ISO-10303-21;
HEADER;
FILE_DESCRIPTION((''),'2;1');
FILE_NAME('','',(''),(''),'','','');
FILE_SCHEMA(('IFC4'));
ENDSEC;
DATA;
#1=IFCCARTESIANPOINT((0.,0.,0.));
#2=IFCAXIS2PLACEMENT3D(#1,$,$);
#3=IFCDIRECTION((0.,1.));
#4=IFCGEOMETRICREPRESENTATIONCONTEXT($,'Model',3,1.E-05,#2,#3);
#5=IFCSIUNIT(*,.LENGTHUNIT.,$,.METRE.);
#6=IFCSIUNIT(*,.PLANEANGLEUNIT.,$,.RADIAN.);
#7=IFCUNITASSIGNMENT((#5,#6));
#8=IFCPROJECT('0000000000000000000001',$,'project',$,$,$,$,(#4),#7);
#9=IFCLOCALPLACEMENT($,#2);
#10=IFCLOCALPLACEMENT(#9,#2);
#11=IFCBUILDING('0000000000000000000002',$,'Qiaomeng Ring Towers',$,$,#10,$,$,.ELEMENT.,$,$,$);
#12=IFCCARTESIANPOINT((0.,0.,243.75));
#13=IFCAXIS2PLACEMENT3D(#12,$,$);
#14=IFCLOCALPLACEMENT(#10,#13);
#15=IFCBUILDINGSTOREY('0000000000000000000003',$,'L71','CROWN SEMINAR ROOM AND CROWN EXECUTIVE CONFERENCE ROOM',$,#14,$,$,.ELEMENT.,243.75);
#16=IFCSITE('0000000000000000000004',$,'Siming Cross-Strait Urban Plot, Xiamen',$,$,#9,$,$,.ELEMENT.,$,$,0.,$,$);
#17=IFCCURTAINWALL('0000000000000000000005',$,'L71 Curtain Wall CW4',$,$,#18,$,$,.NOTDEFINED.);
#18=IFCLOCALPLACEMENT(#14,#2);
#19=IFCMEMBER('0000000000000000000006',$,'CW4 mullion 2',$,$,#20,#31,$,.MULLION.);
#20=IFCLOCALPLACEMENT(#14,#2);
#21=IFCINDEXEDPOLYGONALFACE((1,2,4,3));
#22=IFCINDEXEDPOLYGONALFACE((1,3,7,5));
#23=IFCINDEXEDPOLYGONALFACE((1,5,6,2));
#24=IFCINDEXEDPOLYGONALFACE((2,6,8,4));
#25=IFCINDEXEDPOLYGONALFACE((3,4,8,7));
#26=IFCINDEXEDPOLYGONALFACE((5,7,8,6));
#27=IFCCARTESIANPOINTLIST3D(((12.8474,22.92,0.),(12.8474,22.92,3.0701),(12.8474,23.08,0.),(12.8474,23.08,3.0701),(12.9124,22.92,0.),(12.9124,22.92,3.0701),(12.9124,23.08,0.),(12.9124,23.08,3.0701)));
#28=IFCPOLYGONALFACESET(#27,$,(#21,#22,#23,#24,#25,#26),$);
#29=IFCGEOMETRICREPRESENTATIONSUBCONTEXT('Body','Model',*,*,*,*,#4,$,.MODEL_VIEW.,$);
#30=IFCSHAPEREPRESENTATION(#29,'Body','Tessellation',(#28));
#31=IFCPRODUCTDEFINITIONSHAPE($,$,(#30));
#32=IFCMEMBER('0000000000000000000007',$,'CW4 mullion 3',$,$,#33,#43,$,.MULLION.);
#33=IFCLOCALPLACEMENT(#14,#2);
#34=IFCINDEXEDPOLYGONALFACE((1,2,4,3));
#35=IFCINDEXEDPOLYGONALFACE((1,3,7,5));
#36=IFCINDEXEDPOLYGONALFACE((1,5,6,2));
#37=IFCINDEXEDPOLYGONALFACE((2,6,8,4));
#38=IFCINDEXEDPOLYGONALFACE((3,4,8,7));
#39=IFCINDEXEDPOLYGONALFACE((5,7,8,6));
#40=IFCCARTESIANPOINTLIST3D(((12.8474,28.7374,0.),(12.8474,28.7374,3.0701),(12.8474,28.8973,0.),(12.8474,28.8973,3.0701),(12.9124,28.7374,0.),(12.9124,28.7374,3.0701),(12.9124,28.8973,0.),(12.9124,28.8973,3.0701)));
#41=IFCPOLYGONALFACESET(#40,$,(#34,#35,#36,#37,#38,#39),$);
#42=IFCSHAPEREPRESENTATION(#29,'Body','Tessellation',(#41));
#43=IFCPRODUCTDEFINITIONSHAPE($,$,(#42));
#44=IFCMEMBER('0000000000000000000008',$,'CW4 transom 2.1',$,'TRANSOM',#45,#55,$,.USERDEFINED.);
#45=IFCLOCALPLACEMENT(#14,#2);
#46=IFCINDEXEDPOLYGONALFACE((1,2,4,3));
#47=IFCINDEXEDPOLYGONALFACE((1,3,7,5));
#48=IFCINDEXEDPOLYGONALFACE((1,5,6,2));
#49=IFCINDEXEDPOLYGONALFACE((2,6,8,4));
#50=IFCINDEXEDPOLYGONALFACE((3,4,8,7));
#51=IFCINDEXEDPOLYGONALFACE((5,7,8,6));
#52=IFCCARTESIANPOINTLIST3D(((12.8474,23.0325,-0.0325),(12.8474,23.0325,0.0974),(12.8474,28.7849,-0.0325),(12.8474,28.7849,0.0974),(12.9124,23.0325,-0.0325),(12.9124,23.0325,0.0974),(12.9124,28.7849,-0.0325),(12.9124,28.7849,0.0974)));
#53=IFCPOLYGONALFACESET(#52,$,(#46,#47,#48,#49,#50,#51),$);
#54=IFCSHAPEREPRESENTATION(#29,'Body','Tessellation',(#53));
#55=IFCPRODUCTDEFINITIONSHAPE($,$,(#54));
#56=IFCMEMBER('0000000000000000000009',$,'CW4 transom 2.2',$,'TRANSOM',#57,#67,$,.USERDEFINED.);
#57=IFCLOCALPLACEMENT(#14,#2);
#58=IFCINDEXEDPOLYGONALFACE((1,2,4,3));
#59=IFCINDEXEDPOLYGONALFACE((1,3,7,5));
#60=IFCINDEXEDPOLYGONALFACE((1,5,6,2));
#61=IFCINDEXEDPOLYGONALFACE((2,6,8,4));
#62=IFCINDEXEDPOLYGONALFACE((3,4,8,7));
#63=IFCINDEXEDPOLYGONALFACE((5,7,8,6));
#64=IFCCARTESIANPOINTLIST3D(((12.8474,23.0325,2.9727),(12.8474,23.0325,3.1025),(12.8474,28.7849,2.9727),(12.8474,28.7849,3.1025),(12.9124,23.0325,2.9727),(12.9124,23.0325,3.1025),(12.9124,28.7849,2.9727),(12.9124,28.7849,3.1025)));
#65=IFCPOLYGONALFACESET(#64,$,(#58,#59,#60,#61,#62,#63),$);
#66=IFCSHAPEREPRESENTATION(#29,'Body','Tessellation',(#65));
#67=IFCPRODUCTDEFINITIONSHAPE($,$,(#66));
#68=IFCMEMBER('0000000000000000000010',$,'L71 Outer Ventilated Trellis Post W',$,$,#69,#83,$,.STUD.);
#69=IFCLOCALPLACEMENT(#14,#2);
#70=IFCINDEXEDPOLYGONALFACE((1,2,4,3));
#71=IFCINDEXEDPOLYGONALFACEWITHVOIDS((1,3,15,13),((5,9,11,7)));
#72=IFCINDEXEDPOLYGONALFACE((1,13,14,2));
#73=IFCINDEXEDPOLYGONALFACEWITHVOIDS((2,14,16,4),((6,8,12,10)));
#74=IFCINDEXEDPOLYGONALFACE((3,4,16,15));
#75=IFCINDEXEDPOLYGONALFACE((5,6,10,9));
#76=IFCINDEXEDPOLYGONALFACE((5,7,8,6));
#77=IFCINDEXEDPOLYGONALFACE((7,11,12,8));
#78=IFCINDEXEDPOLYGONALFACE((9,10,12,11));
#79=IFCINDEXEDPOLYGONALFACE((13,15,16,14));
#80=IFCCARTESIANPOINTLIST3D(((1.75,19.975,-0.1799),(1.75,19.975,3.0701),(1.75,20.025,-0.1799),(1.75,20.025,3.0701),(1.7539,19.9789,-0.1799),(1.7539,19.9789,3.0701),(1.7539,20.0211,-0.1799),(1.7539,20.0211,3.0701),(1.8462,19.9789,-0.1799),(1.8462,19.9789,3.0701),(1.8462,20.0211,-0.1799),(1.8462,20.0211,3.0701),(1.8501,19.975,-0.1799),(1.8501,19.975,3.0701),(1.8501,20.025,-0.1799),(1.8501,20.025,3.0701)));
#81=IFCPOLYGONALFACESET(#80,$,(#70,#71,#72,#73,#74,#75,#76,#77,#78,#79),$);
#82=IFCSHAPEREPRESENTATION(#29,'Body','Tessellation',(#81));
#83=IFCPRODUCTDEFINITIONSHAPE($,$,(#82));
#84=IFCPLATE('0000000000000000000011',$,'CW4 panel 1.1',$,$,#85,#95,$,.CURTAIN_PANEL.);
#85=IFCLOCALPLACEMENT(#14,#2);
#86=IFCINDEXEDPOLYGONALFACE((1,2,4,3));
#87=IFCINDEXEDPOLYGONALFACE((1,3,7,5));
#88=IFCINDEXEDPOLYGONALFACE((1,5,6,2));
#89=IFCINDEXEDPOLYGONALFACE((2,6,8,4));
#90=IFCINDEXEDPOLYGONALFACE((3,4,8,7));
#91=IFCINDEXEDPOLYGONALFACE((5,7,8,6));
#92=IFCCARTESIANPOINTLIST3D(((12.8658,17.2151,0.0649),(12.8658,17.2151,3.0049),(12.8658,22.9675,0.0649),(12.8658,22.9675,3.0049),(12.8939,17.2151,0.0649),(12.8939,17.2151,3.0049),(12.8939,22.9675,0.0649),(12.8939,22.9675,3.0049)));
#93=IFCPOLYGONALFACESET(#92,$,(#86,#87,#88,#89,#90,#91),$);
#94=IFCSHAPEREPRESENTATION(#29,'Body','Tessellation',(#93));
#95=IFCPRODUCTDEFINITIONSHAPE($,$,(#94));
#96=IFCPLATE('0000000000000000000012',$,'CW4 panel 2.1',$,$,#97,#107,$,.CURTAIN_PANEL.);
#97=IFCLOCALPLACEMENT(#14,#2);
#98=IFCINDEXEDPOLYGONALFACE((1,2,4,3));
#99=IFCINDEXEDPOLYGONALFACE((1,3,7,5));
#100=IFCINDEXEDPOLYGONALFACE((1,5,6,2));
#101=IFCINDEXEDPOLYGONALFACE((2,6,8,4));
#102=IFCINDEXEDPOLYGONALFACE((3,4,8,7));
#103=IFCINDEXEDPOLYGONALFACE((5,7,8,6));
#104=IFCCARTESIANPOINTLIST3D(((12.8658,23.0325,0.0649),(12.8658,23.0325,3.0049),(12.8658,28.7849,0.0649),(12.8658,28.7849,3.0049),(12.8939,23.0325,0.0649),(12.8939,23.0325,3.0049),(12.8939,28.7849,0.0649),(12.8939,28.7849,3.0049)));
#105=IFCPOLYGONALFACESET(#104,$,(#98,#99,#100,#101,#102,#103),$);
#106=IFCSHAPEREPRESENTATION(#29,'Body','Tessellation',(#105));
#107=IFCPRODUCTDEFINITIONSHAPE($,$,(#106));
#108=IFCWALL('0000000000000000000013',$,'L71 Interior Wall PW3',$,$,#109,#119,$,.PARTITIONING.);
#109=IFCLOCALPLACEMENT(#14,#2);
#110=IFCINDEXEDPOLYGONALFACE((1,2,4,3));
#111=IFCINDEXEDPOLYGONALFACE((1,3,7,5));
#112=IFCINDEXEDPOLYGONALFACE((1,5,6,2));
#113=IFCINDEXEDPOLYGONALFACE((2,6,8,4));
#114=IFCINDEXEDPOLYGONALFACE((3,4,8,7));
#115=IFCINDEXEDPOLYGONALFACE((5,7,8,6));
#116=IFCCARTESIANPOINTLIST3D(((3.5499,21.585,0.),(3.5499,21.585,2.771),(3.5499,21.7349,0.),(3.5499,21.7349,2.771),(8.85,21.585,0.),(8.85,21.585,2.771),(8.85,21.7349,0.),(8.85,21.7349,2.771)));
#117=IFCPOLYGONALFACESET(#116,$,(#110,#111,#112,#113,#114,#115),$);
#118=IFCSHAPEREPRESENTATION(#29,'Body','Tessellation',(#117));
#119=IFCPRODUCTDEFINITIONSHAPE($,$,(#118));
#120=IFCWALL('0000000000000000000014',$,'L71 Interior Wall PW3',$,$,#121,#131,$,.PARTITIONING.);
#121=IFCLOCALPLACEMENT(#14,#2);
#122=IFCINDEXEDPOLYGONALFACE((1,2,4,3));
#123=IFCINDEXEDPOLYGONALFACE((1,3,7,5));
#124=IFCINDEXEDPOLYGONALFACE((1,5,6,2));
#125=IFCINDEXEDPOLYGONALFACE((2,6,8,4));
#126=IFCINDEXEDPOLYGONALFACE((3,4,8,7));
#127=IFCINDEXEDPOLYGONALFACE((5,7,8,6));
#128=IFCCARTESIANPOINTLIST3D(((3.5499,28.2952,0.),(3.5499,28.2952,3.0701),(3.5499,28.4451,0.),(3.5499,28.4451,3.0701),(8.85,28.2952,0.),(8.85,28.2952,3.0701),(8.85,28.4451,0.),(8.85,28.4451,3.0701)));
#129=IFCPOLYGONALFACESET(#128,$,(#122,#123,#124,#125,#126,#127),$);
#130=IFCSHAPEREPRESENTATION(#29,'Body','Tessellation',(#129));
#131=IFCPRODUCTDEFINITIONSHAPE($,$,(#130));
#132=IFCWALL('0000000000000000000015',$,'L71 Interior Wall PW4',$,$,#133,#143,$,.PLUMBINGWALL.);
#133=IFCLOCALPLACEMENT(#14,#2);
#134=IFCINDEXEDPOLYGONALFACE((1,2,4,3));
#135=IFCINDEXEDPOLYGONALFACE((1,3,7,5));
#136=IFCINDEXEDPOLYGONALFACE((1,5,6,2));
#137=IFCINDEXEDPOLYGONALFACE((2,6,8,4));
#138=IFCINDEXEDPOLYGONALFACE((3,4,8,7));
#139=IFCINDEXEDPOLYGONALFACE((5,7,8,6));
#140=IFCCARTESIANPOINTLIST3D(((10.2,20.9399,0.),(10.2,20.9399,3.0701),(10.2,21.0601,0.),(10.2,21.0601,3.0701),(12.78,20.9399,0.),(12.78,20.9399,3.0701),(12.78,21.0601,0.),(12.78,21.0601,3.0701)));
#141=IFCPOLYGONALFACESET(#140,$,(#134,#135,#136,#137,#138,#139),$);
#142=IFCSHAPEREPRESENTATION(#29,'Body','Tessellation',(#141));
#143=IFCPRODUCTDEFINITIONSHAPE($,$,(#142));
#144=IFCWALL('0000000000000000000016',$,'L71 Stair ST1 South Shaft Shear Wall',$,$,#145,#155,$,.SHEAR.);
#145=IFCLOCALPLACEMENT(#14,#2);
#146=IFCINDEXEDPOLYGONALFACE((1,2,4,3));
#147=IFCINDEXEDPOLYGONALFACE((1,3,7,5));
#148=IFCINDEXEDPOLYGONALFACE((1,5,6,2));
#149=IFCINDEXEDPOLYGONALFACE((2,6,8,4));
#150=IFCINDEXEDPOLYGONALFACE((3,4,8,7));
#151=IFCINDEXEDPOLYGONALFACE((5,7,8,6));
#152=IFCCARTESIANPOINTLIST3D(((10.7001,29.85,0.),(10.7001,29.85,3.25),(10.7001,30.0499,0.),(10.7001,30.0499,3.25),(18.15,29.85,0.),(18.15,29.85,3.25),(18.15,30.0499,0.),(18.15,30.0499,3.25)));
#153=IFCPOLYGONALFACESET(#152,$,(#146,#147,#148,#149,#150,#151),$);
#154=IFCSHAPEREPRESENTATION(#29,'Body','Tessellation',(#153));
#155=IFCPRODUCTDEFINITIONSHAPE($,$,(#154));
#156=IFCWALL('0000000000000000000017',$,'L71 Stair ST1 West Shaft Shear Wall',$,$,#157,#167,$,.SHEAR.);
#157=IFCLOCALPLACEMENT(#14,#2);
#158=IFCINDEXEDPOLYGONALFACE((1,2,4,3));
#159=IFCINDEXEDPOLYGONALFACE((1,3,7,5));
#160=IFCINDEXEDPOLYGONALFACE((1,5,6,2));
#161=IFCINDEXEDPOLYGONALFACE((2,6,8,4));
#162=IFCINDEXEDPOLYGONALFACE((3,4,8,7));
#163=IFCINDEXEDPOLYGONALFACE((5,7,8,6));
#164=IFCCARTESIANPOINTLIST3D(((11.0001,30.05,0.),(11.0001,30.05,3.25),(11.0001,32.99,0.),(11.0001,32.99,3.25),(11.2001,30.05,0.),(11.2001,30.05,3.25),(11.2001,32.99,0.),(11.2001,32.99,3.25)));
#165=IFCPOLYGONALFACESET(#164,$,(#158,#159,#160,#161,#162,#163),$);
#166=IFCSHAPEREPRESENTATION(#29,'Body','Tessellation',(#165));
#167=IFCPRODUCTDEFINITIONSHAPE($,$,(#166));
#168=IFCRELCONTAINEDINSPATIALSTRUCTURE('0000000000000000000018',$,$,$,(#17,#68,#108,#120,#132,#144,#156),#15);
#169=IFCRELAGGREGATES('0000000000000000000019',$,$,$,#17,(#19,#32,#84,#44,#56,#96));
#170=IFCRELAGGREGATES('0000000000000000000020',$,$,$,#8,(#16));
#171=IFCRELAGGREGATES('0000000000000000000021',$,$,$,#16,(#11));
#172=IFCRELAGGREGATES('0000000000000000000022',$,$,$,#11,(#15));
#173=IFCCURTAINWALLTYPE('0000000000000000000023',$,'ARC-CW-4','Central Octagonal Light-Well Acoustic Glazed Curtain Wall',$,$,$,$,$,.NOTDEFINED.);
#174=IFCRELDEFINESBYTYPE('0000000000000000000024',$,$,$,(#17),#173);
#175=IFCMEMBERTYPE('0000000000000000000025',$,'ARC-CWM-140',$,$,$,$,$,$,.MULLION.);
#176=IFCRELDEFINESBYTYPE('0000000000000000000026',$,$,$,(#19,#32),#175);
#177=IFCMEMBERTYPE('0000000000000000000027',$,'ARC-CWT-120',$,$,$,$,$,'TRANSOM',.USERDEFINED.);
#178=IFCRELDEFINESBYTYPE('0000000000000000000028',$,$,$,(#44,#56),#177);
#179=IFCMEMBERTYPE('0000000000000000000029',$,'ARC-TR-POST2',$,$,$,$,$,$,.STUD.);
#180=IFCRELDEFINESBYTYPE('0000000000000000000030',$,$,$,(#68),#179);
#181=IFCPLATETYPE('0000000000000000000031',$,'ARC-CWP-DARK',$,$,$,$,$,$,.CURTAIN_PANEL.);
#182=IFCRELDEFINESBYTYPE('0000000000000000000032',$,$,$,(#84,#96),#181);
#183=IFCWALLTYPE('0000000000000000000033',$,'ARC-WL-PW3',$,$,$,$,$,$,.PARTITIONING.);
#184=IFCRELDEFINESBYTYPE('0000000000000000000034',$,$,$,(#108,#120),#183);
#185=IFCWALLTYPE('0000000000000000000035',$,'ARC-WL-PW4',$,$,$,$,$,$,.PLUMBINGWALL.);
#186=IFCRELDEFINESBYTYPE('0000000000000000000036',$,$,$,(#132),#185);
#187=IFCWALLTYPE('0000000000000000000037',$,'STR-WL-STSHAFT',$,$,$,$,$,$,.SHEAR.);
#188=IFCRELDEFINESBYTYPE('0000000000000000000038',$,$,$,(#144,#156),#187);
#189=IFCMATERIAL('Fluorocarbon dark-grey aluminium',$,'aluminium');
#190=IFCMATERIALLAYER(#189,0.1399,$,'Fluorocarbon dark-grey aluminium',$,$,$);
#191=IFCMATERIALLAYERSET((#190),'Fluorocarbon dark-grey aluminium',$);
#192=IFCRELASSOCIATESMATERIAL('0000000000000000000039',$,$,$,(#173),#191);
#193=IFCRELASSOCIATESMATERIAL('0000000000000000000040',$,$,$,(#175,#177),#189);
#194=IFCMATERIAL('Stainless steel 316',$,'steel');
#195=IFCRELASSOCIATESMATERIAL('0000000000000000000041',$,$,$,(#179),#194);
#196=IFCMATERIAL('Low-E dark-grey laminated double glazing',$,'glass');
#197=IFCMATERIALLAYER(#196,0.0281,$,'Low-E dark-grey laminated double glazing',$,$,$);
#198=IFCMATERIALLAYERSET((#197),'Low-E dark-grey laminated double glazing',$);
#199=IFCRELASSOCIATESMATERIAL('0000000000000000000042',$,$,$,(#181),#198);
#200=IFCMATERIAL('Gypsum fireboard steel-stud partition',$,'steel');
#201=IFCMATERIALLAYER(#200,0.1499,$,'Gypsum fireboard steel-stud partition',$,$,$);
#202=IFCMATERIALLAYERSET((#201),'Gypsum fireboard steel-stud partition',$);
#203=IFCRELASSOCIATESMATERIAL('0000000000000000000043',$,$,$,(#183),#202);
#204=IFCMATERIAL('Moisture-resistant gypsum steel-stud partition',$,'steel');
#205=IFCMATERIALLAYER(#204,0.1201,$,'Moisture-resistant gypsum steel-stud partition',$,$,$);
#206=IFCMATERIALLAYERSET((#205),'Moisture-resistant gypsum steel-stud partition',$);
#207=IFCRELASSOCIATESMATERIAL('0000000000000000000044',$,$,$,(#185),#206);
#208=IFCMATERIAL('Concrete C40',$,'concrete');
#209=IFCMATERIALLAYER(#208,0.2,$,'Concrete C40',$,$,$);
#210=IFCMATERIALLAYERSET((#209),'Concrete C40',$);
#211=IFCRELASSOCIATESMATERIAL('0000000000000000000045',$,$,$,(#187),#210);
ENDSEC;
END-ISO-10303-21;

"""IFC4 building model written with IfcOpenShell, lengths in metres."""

from ifc_helpers import new_model, si_unit, direction, frame, frame_2d, origin, origin_2d, place, context, subcontext, project, spatial, rectangle, hollow_rectangle, extrude, source, transform, mapped, material, layer, layer_set, material_profile, profile_set, type_object, element, aggregate, save


model = new_model("IFC4")

# Units and contexts
model_context = context("Model", 3, precision=1e-05, world=origin(), true_north=direction((0.0, 1.0)))
body_context = subcontext(model_context, "Body", "Model", "MODEL_VIEW")
ifc_project = project(units=[si_unit("LENGTHUNIT", "METRE"), si_unit("PLANEANGLEUNIT", "RADIAN")], contexts=[model_context])

# Site, building, storey
site_placement = place(None, origin())
site = spatial("IfcSite", under=ifc_project, at=site_placement, Name="Siming Cross-Strait Urban Plot, Xiamen", CompositionType="ELEMENT", RefElevation=0.0)
building_placement = place(site_placement, origin())
building = spatial("IfcBuilding", under=site, at=building_placement, Name="Qiaomeng Ring Towers", CompositionType="ELEMENT")
storey_placement = place(building_placement, frame((0.0, 0.0, 243.75)))
storey = spatial("IfcBuildingStorey", under=building, at=storey_placement, Name="L71", Description="CROWN SEMINAR ROOM AND CROWN EXECUTIVE CONFERENCE ROOM", CompositionType="ELEMENT", Elevation=243.75)

# Shared definitions
ifc_material_1 = material(Name="Concrete C40", Category="concrete")

# Curtain wall, members
ifc_material_2 = material(Name="Fluorocarbon dark-grey aluminium", Category="aluminium")
ifc_layer_1 = layer(ifc_material_2, 0.1399, Name="Fluorocarbon dark-grey aluminium")
ifc_layer_set_1 = layer_set([ifc_layer_1], Name="Fluorocarbon dark-grey aluminium")
curtain_wall_type = type_object("IfcCurtainWallType", Name="ARC-CW-4", Description="Central Octagonal Light-Well Acoustic Glazed Curtain Wall", PredefinedType="NOTDEFINED", material=ifc_layer_set_1)
curtain_wall_placement = place(storey_placement, origin())
curtain_wall = element("IfcCurtainWall", 1, at=curtain_wall_placement, inside=storey, type_object=curtain_wall_type, Name="L71 Curtain Wall CW4", PredefinedType="NOTDEFINED")
ifc_material_profile_1 = material_profile(ifc_material_2, rectangle(XDim=0.0649, YDim=0.1599, at=origin_2d()), Name="ALU MULL 65x160")
ifc_profile_set_1 = profile_set([ifc_material_profile_1], Name="Fluorocarbon dark-grey aluminium")
member_type_1 = type_object("IfcMemberType", Name="ARC-CWM-140", PredefinedType="MULLION", material=ifc_profile_set_1)
shared_shape_1 = source(origin(), body_context, "Body", "SweptSolid", [
    extrude(rectangle(XDim=0.0649, YDim=0.1599, at=origin_2d()), origin(), (0.0, 0.0, 1.0), 3.0701),
])
member_1_placement = place(storey_placement, frame((12.8799, 23.0, 0.0), z_axis=(0.0, 0.0, 1.0), x_axis=(-1.0, 0.0, 0.0)))
member_1 = element("IfcMember", 2, at=member_1_placement, type_object=member_type_1, Name="CW4 mullion 2", PredefinedType="MULLION", context=body_context, shape_type="MappedRepresentation", body=[
    mapped(shared_shape_1, transform((0.0, 0.0, 0.0), x_axis=(1.0, 0.0, 0.0), y_axis=(0.0, 1.0, 0.0), z_axis=(0.0, 0.0, 1.0), scale=1.0)),
])
member_2_placement = place(storey_placement, frame((12.8799, 28.8174, 0.0), z_axis=(0.0, 0.0, 1.0), x_axis=(-1.0, 0.0, 0.0)))
member_2 = element("IfcMember", 3, at=member_2_placement, type_object=member_type_1, Name="CW4 mullion 3", PredefinedType="MULLION", context=body_context, shape_type="MappedRepresentation", body=[
    mapped(shared_shape_1, transform((0.0, 0.0, 0.0), x_axis=(1.0, 0.0, 0.0), y_axis=(0.0, 1.0, 0.0), z_axis=(0.0, 0.0, 1.0), scale=1.0)),
])
ifc_material_profile_2 = material_profile(ifc_material_2, rectangle(XDim=0.0649, YDim=0.1299, at=origin_2d()), Name="ALU TRAN 65x130")
ifc_profile_set_2 = profile_set([ifc_material_profile_2], Name="Fluorocarbon dark-grey aluminium")
member_type_2 = type_object("IfcMemberType", Name="ARC-CWT-120", ElementType="TRANSOM", PredefinedType="USERDEFINED", material=ifc_profile_set_2)
shared_shape_2 = source(origin(), body_context, "Body", "SweptSolid", [
    extrude(rectangle(XDim=0.0649, YDim=0.1299, at=origin_2d()), origin(), (0.0, 0.0, 1.0), 5.7524),
])
member_3_placement = place(storey_placement, frame((12.8799, 23.0325, 0.0325), z_axis=(0.0, 1.0, 0.0), x_axis=(-1.0, 0.0, 0.0)))
member_3 = element("IfcMember", 4, at=member_3_placement, type_object=member_type_2, Name="CW4 transom 2.1", ObjectType="TRANSOM", PredefinedType="USERDEFINED", context=body_context, shape_type="MappedRepresentation", body=[
    mapped(shared_shape_2, transform((0.0, 0.0, 0.0), x_axis=(1.0, 0.0, 0.0), y_axis=(0.0, 1.0, 0.0), z_axis=(0.0, 0.0, 1.0), scale=1.0)),
])
member_4_placement = place(storey_placement, frame((12.8799, 23.0325, 3.0376), z_axis=(0.0, 1.0, 0.0), x_axis=(-1.0, 0.0, 0.0)))
member_4 = element("IfcMember", 5, at=member_4_placement, type_object=member_type_2, Name="CW4 transom 2.2", ObjectType="TRANSOM", PredefinedType="USERDEFINED", context=body_context, shape_type="MappedRepresentation", body=[
    mapped(shared_shape_2, transform((0.0, 0.0, 0.0), x_axis=(1.0, 0.0, 0.0), y_axis=(0.0, 1.0, 0.0), z_axis=(0.0, 0.0, 1.0), scale=1.0)),
])

# Member
ifc_material_3 = material(Name="Stainless steel 316", Category="steel")
ifc_material_profile_3 = material_profile(ifc_material_3, hollow_rectangle(XDim=0.05, YDim=0.1001, WallThickness=0.0039, at=origin_2d()), Name="SS TRELLIS 100x50")
ifc_profile_set_3 = profile_set([ifc_material_profile_3], Name="Stainless steel 316")
member_type_3 = type_object("IfcMemberType", Name="ARC-TR-POST2", PredefinedType="STUD", material=ifc_profile_set_3)
shared_shape_3 = source(origin(), body_context, "Body", "SweptSolid", [
    extrude(hollow_rectangle(XDim=0.05, YDim=0.1001, WallThickness=0.0039, at=origin_2d()), origin(), (0.0, 0.0, 1.0), 3.25),
])
member_5_placement = place(storey_placement, frame((1.8, 20.0, -0.1799), z_axis=(0.0, 0.0, 1.0), x_axis=(0.0, 1.0, 0.0)))
element("IfcMember", 6, at=member_5_placement, inside=storey, type_object=member_type_3, Name="L71 Outer Ventilated Trellis Post W", PredefinedType="STUD", context=body_context, shape_type="MappedRepresentation", body=[
    mapped(shared_shape_3, transform((0.0, 0.0, 0.0), x_axis=(1.0, 0.0, 0.0), y_axis=(0.0, 1.0, 0.0), z_axis=(0.0, 0.0, 1.0), scale=1.0)),
])

# Plates
ifc_material_4 = material(Name="Low-E dark-grey laminated double glazing", Category="glass")
ifc_layer_2 = layer(ifc_material_4, 0.0281, Name="Low-E dark-grey laminated double glazing")
ifc_layer_set_2 = layer_set([ifc_layer_2], Name="Low-E dark-grey laminated double glazing")
plate_type = type_object("IfcPlateType", Name="ARC-CWP-DARK", PredefinedType="CURTAIN_PANEL", material=ifc_layer_set_2)
shared_shape_4 = source(origin(), body_context, "Body", "SweptSolid", [
    extrude(rectangle(XDim=5.7524, YDim=0.0281, at=origin_2d()), origin(), (0.0, 0.0, 1.0), 2.9399),
])
plate_1_placement = place(storey_placement, frame((12.8799, 20.0913, 0.0649), z_axis=(0.0, 0.0, 1.0), x_axis=(0.0, 1.0, 0.0)))
plate_1 = element("IfcPlate", 7, at=plate_1_placement, type_object=plate_type, Name="CW4 panel 1.1", PredefinedType="CURTAIN_PANEL", context=body_context, shape_type="MappedRepresentation", body=[
    mapped(shared_shape_4, transform((0.0, 0.0, 0.0), x_axis=(1.0, 0.0, 0.0), y_axis=(0.0, 1.0, 0.0), z_axis=(0.0, 0.0, 1.0), scale=1.0)),
])
plate_2_placement = place(storey_placement, frame((12.8799, 25.9087, 0.0649), z_axis=(0.0, 0.0, 1.0), x_axis=(0.0, 1.0, 0.0)))
plate_2 = element("IfcPlate", 8, at=plate_2_placement, type_object=plate_type, Name="CW4 panel 2.1", PredefinedType="CURTAIN_PANEL", context=body_context, shape_type="MappedRepresentation", body=[
    mapped(shared_shape_4, transform((0.0, 0.0, 0.0), x_axis=(1.0, 0.0, 0.0), y_axis=(0.0, 1.0, 0.0), z_axis=(0.0, 0.0, 1.0), scale=1.0)),
])
aggregate(curtain_wall, [member_1, member_2, plate_1, member_3, member_4, plate_2])

# Walls
ifc_material_5 = material(Name="Gypsum fireboard steel-stud partition", Category="steel")
ifc_layer_3 = layer(ifc_material_5, 0.1499, Name="Gypsum fireboard steel-stud partition")
ifc_layer_set_3 = layer_set([ifc_layer_3], Name="Gypsum fireboard steel-stud partition")
wall_type_1 = type_object("IfcWallType", Name="ARC-WL-PW3", PredefinedType="PARTITIONING", material=ifc_layer_set_3)
wall_1_placement = place(storey_placement, frame((3.55, 21.6599, 0.0), z_axis=(0.0, 0.0, 1.0), x_axis=(1.0, 0.0, 0.0)))
element("IfcWall", 9, at=wall_1_placement, inside=storey, type_object=wall_type_1, Name="L71 Interior Wall PW3", PredefinedType="PARTITIONING", context=body_context, shape_type="SweptSolid", body=[
    extrude(rectangle(XDim=5.3, YDim=0.1499, at=frame_2d((2.6499, 0.0))), origin(), (0.0, 0.0, 1.0), 2.771),
])
wall_2_placement = place(storey_placement, frame((3.55, 28.3701, 0.0), z_axis=(0.0, 0.0, 1.0), x_axis=(1.0, 0.0, 0.0)))
element("IfcWall", 10, at=wall_2_placement, inside=storey, type_object=wall_type_1, Name="L71 Interior Wall PW3", PredefinedType="PARTITIONING", context=body_context, shape_type="SweptSolid", body=[
    extrude(rectangle(XDim=5.3, YDim=0.1499, at=frame_2d((2.6499, 0.0))), origin(), (0.0, 0.0, 1.0), 3.0701),
])
ifc_material_6 = material(Name="Moisture-resistant gypsum steel-stud partition", Category="steel")
ifc_layer_4 = layer(ifc_material_6, 0.1201, Name="Moisture-resistant gypsum steel-stud partition")
ifc_layer_set_4 = layer_set([ifc_layer_4], Name="Moisture-resistant gypsum steel-stud partition")
wall_type_2 = type_object("IfcWallType", Name="ARC-WL-PW4", PredefinedType="PLUMBINGWALL", material=ifc_layer_set_4)
wall_3_placement = place(storey_placement, frame((10.2, 21.0, 0.0), z_axis=(0.0, 0.0, 1.0), x_axis=(1.0, 0.0, 0.0)))
element("IfcWall", 11, at=wall_3_placement, inside=storey, type_object=wall_type_2, Name="L71 Interior Wall PW4", PredefinedType="PLUMBINGWALL", context=body_context, shape_type="SweptSolid", body=[
    extrude(rectangle(XDim=2.5801, YDim=0.1201, at=frame_2d((1.29, 0.0))), origin(), (0.0, 0.0, 1.0), 3.0701),
])
ifc_layer_5 = layer(ifc_material_1, 0.2, Name="Concrete C40")
ifc_layer_set_5 = layer_set([ifc_layer_5], Name="Concrete C40")
wall_type_3 = type_object("IfcWallType", Name="STR-WL-STSHAFT", PredefinedType="SHEAR", material=ifc_layer_set_5)
wall_4_placement = place(storey_placement, frame((10.7, 29.95, 0.0), z_axis=(0.0, 0.0, 1.0), x_axis=(1.0, 0.0, 0.0)))
element("IfcWall", 12, at=wall_4_placement, inside=storey, type_object=wall_type_3, Name="L71 Stair ST1 South Shaft Shear Wall", PredefinedType="SHEAR", context=body_context, shape_type="SweptSolid", body=[
    extrude(rectangle(XDim=7.45, YDim=0.2, at=frame_2d((3.7251, 0.0))), origin(), (0.0, 0.0, 1.0), 3.25),
])
for number, where, z_axis, x_axis, name in (
    (13, (11.1001, 30.05, 0.0), (0.0, 0.0, 1.0), (0.0, 1.0, 0.0), "L71 Stair ST1 West Shaft Shear Wall"),
):
    element("IfcWall", number, at=place(storey_placement, frame(where, z_axis=z_axis, x_axis=x_axis)), inside=storey, type_object=wall_type_3, Name=name, PredefinedType="SHEAR", context=body_context, shape_type="SweptSolid", body=[
        extrude(rectangle(XDim=2.9399, YDim=0.2, at=frame_2d((1.47, 0.0))), origin(), (0.0, 0.0, 1.0), 3.25),
    ])

save(model, "model.ifc")
